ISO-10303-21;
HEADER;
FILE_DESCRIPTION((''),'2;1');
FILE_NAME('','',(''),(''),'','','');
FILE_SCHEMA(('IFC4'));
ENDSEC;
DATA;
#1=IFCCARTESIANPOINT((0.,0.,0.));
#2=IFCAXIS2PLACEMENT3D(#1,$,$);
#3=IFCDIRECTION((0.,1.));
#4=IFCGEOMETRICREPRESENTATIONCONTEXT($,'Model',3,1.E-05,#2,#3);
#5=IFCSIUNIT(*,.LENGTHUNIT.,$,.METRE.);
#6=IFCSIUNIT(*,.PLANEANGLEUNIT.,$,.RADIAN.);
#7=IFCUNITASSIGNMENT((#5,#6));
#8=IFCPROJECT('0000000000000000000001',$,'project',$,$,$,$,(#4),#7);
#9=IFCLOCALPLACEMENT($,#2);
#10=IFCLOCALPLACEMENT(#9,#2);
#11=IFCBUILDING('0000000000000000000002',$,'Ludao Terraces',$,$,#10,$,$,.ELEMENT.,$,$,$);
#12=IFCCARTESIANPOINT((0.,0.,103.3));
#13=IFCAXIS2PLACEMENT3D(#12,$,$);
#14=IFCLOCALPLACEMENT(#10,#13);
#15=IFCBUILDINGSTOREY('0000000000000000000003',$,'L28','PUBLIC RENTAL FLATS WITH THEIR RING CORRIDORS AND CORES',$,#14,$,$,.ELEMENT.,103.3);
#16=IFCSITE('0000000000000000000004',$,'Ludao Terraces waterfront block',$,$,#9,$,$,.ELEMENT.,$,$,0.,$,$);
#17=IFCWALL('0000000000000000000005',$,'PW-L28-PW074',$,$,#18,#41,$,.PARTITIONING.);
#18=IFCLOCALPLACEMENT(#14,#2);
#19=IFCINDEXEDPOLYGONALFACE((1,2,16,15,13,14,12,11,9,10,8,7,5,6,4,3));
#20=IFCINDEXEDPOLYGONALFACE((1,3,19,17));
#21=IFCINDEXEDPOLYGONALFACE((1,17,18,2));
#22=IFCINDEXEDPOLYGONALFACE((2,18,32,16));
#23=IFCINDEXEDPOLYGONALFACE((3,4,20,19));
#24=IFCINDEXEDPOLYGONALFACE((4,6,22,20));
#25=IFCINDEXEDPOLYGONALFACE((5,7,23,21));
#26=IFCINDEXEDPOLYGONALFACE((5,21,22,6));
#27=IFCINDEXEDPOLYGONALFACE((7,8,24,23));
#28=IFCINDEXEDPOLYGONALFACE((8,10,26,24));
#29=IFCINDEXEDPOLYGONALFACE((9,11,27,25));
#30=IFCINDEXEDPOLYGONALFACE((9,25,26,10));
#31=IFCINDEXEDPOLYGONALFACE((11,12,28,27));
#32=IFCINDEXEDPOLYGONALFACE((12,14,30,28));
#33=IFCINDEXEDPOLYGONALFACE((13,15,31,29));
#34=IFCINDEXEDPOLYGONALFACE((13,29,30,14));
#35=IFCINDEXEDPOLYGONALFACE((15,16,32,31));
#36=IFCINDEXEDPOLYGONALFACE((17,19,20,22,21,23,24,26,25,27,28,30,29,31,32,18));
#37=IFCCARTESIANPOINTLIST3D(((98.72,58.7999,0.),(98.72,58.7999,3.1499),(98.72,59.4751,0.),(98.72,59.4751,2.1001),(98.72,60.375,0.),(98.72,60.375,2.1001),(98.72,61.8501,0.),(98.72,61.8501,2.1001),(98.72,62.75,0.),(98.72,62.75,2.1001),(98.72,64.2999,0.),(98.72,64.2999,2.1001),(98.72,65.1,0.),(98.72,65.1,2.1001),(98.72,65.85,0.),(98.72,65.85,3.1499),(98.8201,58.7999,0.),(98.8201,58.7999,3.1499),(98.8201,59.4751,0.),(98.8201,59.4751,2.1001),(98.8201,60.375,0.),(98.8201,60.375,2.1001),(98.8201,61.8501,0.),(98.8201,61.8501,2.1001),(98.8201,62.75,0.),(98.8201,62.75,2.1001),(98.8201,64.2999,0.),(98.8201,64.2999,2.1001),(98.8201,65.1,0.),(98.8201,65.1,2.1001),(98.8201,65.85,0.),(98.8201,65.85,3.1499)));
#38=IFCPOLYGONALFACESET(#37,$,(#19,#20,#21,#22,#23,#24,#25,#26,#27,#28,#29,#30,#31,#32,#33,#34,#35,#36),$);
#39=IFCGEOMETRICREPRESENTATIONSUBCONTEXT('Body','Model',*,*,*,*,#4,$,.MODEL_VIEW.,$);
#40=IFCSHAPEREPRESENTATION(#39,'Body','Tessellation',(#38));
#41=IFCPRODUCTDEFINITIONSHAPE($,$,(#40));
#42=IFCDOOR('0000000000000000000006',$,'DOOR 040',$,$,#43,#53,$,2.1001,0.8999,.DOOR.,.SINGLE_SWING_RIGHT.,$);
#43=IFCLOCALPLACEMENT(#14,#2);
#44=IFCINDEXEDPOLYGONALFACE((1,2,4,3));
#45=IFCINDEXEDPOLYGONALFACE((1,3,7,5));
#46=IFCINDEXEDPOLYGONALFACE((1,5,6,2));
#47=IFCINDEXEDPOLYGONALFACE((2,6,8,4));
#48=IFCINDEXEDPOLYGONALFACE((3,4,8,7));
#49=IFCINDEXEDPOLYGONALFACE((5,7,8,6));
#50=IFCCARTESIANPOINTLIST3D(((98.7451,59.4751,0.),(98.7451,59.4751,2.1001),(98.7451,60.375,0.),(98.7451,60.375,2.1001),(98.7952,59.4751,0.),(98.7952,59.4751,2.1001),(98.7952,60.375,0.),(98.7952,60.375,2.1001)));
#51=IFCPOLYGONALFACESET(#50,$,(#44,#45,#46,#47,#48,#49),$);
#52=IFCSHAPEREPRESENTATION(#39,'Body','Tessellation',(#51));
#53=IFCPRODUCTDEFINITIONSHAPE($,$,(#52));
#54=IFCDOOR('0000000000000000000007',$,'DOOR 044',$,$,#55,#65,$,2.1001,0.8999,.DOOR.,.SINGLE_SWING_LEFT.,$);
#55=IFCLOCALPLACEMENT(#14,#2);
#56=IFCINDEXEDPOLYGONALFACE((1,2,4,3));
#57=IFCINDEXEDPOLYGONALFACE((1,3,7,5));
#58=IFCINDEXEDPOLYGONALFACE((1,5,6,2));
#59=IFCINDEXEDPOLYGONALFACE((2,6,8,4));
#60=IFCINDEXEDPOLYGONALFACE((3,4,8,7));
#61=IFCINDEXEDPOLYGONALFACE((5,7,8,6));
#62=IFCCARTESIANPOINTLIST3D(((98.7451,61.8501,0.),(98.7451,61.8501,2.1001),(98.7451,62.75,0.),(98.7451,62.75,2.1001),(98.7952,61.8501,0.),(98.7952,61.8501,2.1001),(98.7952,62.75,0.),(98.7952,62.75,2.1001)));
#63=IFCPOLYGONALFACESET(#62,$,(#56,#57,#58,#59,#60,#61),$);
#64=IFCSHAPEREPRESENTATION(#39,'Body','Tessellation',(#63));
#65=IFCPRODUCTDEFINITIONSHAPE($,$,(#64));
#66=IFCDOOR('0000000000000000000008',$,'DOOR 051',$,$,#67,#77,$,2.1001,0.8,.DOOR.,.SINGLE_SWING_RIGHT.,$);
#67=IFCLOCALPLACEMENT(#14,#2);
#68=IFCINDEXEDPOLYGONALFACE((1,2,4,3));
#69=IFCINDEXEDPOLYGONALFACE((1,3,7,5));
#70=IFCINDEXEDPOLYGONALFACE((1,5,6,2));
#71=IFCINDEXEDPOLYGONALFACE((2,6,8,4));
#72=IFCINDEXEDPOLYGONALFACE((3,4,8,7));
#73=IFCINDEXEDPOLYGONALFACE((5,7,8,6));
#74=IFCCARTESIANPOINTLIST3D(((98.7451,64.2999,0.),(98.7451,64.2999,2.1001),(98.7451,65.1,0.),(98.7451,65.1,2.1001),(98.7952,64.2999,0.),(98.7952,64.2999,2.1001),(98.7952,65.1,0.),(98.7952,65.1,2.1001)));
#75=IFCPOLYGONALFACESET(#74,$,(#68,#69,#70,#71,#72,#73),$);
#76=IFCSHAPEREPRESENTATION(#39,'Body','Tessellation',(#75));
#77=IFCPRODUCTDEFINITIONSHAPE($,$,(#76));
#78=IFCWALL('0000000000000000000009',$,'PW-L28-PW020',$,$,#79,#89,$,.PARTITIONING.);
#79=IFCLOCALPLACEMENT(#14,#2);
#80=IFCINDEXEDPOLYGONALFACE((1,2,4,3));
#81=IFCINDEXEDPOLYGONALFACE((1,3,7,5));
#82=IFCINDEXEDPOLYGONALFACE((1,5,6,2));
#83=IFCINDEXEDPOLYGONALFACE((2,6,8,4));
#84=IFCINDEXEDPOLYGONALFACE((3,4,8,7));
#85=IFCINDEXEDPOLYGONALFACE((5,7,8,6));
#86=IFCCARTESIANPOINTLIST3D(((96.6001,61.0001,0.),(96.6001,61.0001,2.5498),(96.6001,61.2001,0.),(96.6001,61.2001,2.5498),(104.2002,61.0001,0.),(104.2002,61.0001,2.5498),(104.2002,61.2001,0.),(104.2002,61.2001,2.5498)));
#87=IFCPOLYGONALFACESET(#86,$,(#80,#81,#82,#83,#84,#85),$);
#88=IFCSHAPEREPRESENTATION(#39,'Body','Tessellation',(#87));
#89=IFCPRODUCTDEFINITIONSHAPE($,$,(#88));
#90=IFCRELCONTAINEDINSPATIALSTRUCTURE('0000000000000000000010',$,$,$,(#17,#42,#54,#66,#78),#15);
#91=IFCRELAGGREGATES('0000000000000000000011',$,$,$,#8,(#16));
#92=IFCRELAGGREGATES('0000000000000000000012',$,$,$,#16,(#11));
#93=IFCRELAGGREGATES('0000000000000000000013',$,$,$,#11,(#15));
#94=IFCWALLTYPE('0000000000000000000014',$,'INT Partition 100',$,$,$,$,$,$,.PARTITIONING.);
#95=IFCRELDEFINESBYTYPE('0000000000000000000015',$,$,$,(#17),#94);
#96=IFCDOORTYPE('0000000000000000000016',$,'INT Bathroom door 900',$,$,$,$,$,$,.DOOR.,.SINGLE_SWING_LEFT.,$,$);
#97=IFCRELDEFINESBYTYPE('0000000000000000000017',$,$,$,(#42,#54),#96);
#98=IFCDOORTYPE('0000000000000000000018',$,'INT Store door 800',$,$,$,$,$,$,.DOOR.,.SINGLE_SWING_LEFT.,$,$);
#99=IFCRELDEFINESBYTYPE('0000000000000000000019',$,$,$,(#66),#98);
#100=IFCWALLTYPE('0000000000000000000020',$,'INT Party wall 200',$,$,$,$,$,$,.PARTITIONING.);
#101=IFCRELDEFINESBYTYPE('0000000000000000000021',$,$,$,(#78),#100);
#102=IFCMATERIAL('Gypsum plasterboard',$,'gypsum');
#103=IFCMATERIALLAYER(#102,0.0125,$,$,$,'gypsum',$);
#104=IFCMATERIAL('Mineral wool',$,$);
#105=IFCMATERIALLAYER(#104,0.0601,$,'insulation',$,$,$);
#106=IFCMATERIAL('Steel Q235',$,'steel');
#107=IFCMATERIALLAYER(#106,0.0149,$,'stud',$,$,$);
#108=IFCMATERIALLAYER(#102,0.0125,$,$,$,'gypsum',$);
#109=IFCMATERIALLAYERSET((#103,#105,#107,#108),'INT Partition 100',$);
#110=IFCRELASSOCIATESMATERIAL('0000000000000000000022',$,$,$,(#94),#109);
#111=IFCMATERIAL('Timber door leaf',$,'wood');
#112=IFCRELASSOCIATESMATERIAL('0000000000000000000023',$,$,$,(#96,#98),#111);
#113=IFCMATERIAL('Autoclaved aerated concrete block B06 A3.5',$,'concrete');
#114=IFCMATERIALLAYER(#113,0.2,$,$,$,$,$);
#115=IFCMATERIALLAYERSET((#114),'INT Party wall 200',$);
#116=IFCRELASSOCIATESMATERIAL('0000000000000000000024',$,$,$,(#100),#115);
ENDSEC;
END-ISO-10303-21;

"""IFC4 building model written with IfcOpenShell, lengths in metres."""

from ifc_helpers import new_model, si_unit, direction, frame, frame_2d, origin, place, context, subcontext, project, spatial, rectangle, extrude, material, layer, layer_set, type_object, element, fill, save


model = new_model("IFC4")

# Units and contexts
model_context = context("Model", 3, precision=1e-05, world=origin(), true_north=direction((0.0, 1.0)))
body_context = subcontext(model_context, "Body", "Model", "MODEL_VIEW")
ifc_project = project(units=[si_unit("LENGTHUNIT", "METRE"), si_unit("PLANEANGLEUNIT", "RADIAN")], contexts=[model_context])

# Site, building, storey
site_placement = place(None, origin())
site = spatial("IfcSite", under=ifc_project, at=site_placement, Name="Ludao Terraces waterfront block", CompositionType="ELEMENT", RefElevation=0.0)
building_placement = place(site_placement, origin())
building = spatial("IfcBuilding", under=site, at=building_placement, Name="Ludao Terraces", CompositionType="ELEMENT")
storey_placement = place(building_placement, frame((0.0, 0.0, 103.3)))
storey = spatial("IfcBuildingStorey", under=building, at=storey_placement, Name="L28", Description="PUBLIC RENTAL FLATS WITH THEIR RING CORRIDORS AND CORES", CompositionType="ELEMENT", Elevation=103.3)

# Shared definitions
ifc_material_1 = material(Name="Mineral wool")

# Shared definitions
ifc_material_2 = material(Name="Autoclaved aerated concrete block B06 A3.5", Category="concrete")
ifc_material_3 = material(Name="Steel Q235", Category="steel")

# Shared definitions
ifc_material_4 = material(Name="Gypsum plasterboard", Category="gypsum")
ifc_layer_1 = layer(ifc_material_4, 0.0125, Category="gypsum")
ifc_layer_2 = layer(ifc_material_1, 0.0601, Name="insulation")
ifc_layer_3 = layer(ifc_material_3, 0.0149, Name="stud")
ifc_layer_4 = layer(ifc_material_4, 0.0125, Category="gypsum")
ifc_layer_set_1 = layer_set([ifc_layer_1, ifc_layer_2, ifc_layer_3, ifc_layer_4], Name="INT Partition 100")
wall_type_1 = type_object("IfcWallType", Name="INT Partition 100", PredefinedType="PARTITIONING", material=ifc_layer_set_1)

# Wall, openings, doors
wall_1_placement = place(storey_placement, frame((98.77, 58.8, 0.0), z_axis=(0.0, 0.0, 1.0), x_axis=(0.0, 1.0, 0.0)))
wall_1 = element("IfcWall", 1, at=wall_1_placement, inside=storey, type_object=wall_type_1, Name="PW-L28-PW074", PredefinedType="PARTITIONING", context=body_context, shape_type="SweptSolid", body=[
    extrude(rectangle(XDim=7.05, YDim=0.1001, at=frame_2d((3.5249, 0.0))), origin(), (0.0, 0.0, 1.0), 3.1499),
])
opening_1_placement = place(wall_1_placement, frame((0.675, 0.0, 0.0)))
opening_1 = element("IfcOpeningElement", 2, at=opening_1_placement, cuts=wall_1, PredefinedType="OPENING", context=body_context, shape_type="SweptSolid", body=[
    extrude(rectangle(XDim=0.8999, YDim=2.1001, at=frame_2d((0.45, 1.05))), frame((0.0, 0.0601, 0.0), z_axis=(0.0, -1.0, 0.0), x_axis=(1.0, 0.0, 0.0)), (0.0, 0.0, 1.0), 0.1201),
])
opening_2_placement = place(wall_1_placement, frame((3.05, 0.0, 0.0)))
opening_2 = element("IfcOpeningElement", 3, at=opening_2_placement, cuts=wall_1, PredefinedType="OPENING", context=body_context, shape_type="SweptSolid", body=[
    extrude(rectangle(XDim=0.8999, YDim=2.1001, at=frame_2d((0.45, 1.05))), frame((0.0, 0.0601, 0.0), z_axis=(0.0, -1.0, 0.0), x_axis=(1.0, 0.0, 0.0)), (0.0, 0.0, 1.0), 0.1201),
])
opening_3_placement = place(wall_1_placement, frame((5.5, 0.0, 0.0)))
opening_3 = element("IfcOpeningElement", 4, at=opening_3_placement, cuts=wall_1, PredefinedType="OPENING", context=body_context, shape_type="SweptSolid", body=[
    extrude(rectangle(XDim=0.8, YDim=2.1001, at=frame_2d((0.3999, 1.05))), frame((0.0, 0.0601, 0.0), z_axis=(0.0, -1.0, 0.0), x_axis=(1.0, 0.0, 0.0)), (0.0, 0.0, 1.0), 0.1201),
])
ifc_material_5 = material(Name="Timber door leaf", Category="wood")
door_type_1 = type_object("IfcDoorType", Name="INT Bathroom door 900", OperationType="SINGLE_SWING_LEFT", PredefinedType="DOOR", material=ifc_material_5)
door_1_placement = place(opening_1_placement, origin())
door_1 = element("IfcDoor", 5, at=door_1_placement, inside=storey, type_object=door_type_1, Name="DOOR 040", OperationType="SINGLE_SWING_RIGHT", OverallHeight=2.1001, OverallWidth=0.8999, PredefinedType="DOOR", context=body_context, shape_type="SweptSolid", body=[
    extrude(rectangle(XDim=0.8999, YDim=2.1001, at=frame_2d((0.45, 1.05))), frame((0.0, 0.0249, 0.0), z_axis=(0.0, -1.0, 0.0), x_axis=(1.0, 0.0, 0.0)), (0.0, 0.0, 1.0), 0.05),
])
fill(opening_1, door_1)
door_2_placement = place(opening_2_placement, origin())
door_2 = element("IfcDoor", 6, at=door_2_placement, inside=storey, type_object=door_type_1, Name="DOOR 044", OperationType="SINGLE_SWING_LEFT", OverallHeight=2.1001, OverallWidth=0.8999, PredefinedType="DOOR", context=body_context, shape_type="SweptSolid", body=[
    extrude(rectangle(XDim=0.8999, YDim=2.1001, at=frame_2d((0.45, 1.05))), frame((0.0, 0.0249, 0.0), z_axis=(0.0, -1.0, 0.0), x_axis=(1.0, 0.0, 0.0)), (0.0, 0.0, 1.0), 0.05),
])
fill(opening_2, door_2)
door_type_2 = type_object("IfcDoorType", Name="INT Store door 800", OperationType="SINGLE_SWING_LEFT", PredefinedType="DOOR", material=ifc_material_5)
door_3_placement = place(opening_3_placement, origin())
door_3 = element("IfcDoor", 7, at=door_3_placement, inside=storey, type_object=door_type_2, Name="DOOR 051", OperationType="SINGLE_SWING_RIGHT", OverallHeight=2.1001, OverallWidth=0.8, PredefinedType="DOOR", context=body_context, shape_type="SweptSolid", body=[
    extrude(rectangle(XDim=0.8, YDim=2.1001, at=frame_2d((0.3999, 1.05))), frame((0.0, 0.0249, 0.0), z_axis=(0.0, -1.0, 0.0), x_axis=(1.0, 0.0, 0.0)), (0.0, 0.0, 1.0), 0.05),
])
fill(opening_3, door_3)

# Wall
ifc_layer_5 = layer(ifc_material_2, 0.2)
ifc_layer_set_2 = layer_set([ifc_layer_5], Name="INT Party wall 200")
wall_type_2 = type_object("IfcWallType", Name="INT Party wall 200", PredefinedType="PARTITIONING", material=ifc_layer_set_2)
wall_2_placement = place(storey_placement, frame((96.6001, 61.1001, 0.0), z_axis=(0.0, 0.0, 1.0), x_axis=(1.0, 0.0, 0.0)))
element("IfcWall", 8, at=wall_2_placement, inside=storey, type_object=wall_type_2, Name="PW-L28-PW020", PredefinedType="PARTITIONING", context=body_context, shape_type="SweptSolid", body=[
    extrude(rectangle(XDim=7.6001, YDim=0.2, at=frame_2d((3.8, 0.0))), origin(), (0.0, 0.0, 1.0), 2.5498),
])

save(model, "model.ifc")
